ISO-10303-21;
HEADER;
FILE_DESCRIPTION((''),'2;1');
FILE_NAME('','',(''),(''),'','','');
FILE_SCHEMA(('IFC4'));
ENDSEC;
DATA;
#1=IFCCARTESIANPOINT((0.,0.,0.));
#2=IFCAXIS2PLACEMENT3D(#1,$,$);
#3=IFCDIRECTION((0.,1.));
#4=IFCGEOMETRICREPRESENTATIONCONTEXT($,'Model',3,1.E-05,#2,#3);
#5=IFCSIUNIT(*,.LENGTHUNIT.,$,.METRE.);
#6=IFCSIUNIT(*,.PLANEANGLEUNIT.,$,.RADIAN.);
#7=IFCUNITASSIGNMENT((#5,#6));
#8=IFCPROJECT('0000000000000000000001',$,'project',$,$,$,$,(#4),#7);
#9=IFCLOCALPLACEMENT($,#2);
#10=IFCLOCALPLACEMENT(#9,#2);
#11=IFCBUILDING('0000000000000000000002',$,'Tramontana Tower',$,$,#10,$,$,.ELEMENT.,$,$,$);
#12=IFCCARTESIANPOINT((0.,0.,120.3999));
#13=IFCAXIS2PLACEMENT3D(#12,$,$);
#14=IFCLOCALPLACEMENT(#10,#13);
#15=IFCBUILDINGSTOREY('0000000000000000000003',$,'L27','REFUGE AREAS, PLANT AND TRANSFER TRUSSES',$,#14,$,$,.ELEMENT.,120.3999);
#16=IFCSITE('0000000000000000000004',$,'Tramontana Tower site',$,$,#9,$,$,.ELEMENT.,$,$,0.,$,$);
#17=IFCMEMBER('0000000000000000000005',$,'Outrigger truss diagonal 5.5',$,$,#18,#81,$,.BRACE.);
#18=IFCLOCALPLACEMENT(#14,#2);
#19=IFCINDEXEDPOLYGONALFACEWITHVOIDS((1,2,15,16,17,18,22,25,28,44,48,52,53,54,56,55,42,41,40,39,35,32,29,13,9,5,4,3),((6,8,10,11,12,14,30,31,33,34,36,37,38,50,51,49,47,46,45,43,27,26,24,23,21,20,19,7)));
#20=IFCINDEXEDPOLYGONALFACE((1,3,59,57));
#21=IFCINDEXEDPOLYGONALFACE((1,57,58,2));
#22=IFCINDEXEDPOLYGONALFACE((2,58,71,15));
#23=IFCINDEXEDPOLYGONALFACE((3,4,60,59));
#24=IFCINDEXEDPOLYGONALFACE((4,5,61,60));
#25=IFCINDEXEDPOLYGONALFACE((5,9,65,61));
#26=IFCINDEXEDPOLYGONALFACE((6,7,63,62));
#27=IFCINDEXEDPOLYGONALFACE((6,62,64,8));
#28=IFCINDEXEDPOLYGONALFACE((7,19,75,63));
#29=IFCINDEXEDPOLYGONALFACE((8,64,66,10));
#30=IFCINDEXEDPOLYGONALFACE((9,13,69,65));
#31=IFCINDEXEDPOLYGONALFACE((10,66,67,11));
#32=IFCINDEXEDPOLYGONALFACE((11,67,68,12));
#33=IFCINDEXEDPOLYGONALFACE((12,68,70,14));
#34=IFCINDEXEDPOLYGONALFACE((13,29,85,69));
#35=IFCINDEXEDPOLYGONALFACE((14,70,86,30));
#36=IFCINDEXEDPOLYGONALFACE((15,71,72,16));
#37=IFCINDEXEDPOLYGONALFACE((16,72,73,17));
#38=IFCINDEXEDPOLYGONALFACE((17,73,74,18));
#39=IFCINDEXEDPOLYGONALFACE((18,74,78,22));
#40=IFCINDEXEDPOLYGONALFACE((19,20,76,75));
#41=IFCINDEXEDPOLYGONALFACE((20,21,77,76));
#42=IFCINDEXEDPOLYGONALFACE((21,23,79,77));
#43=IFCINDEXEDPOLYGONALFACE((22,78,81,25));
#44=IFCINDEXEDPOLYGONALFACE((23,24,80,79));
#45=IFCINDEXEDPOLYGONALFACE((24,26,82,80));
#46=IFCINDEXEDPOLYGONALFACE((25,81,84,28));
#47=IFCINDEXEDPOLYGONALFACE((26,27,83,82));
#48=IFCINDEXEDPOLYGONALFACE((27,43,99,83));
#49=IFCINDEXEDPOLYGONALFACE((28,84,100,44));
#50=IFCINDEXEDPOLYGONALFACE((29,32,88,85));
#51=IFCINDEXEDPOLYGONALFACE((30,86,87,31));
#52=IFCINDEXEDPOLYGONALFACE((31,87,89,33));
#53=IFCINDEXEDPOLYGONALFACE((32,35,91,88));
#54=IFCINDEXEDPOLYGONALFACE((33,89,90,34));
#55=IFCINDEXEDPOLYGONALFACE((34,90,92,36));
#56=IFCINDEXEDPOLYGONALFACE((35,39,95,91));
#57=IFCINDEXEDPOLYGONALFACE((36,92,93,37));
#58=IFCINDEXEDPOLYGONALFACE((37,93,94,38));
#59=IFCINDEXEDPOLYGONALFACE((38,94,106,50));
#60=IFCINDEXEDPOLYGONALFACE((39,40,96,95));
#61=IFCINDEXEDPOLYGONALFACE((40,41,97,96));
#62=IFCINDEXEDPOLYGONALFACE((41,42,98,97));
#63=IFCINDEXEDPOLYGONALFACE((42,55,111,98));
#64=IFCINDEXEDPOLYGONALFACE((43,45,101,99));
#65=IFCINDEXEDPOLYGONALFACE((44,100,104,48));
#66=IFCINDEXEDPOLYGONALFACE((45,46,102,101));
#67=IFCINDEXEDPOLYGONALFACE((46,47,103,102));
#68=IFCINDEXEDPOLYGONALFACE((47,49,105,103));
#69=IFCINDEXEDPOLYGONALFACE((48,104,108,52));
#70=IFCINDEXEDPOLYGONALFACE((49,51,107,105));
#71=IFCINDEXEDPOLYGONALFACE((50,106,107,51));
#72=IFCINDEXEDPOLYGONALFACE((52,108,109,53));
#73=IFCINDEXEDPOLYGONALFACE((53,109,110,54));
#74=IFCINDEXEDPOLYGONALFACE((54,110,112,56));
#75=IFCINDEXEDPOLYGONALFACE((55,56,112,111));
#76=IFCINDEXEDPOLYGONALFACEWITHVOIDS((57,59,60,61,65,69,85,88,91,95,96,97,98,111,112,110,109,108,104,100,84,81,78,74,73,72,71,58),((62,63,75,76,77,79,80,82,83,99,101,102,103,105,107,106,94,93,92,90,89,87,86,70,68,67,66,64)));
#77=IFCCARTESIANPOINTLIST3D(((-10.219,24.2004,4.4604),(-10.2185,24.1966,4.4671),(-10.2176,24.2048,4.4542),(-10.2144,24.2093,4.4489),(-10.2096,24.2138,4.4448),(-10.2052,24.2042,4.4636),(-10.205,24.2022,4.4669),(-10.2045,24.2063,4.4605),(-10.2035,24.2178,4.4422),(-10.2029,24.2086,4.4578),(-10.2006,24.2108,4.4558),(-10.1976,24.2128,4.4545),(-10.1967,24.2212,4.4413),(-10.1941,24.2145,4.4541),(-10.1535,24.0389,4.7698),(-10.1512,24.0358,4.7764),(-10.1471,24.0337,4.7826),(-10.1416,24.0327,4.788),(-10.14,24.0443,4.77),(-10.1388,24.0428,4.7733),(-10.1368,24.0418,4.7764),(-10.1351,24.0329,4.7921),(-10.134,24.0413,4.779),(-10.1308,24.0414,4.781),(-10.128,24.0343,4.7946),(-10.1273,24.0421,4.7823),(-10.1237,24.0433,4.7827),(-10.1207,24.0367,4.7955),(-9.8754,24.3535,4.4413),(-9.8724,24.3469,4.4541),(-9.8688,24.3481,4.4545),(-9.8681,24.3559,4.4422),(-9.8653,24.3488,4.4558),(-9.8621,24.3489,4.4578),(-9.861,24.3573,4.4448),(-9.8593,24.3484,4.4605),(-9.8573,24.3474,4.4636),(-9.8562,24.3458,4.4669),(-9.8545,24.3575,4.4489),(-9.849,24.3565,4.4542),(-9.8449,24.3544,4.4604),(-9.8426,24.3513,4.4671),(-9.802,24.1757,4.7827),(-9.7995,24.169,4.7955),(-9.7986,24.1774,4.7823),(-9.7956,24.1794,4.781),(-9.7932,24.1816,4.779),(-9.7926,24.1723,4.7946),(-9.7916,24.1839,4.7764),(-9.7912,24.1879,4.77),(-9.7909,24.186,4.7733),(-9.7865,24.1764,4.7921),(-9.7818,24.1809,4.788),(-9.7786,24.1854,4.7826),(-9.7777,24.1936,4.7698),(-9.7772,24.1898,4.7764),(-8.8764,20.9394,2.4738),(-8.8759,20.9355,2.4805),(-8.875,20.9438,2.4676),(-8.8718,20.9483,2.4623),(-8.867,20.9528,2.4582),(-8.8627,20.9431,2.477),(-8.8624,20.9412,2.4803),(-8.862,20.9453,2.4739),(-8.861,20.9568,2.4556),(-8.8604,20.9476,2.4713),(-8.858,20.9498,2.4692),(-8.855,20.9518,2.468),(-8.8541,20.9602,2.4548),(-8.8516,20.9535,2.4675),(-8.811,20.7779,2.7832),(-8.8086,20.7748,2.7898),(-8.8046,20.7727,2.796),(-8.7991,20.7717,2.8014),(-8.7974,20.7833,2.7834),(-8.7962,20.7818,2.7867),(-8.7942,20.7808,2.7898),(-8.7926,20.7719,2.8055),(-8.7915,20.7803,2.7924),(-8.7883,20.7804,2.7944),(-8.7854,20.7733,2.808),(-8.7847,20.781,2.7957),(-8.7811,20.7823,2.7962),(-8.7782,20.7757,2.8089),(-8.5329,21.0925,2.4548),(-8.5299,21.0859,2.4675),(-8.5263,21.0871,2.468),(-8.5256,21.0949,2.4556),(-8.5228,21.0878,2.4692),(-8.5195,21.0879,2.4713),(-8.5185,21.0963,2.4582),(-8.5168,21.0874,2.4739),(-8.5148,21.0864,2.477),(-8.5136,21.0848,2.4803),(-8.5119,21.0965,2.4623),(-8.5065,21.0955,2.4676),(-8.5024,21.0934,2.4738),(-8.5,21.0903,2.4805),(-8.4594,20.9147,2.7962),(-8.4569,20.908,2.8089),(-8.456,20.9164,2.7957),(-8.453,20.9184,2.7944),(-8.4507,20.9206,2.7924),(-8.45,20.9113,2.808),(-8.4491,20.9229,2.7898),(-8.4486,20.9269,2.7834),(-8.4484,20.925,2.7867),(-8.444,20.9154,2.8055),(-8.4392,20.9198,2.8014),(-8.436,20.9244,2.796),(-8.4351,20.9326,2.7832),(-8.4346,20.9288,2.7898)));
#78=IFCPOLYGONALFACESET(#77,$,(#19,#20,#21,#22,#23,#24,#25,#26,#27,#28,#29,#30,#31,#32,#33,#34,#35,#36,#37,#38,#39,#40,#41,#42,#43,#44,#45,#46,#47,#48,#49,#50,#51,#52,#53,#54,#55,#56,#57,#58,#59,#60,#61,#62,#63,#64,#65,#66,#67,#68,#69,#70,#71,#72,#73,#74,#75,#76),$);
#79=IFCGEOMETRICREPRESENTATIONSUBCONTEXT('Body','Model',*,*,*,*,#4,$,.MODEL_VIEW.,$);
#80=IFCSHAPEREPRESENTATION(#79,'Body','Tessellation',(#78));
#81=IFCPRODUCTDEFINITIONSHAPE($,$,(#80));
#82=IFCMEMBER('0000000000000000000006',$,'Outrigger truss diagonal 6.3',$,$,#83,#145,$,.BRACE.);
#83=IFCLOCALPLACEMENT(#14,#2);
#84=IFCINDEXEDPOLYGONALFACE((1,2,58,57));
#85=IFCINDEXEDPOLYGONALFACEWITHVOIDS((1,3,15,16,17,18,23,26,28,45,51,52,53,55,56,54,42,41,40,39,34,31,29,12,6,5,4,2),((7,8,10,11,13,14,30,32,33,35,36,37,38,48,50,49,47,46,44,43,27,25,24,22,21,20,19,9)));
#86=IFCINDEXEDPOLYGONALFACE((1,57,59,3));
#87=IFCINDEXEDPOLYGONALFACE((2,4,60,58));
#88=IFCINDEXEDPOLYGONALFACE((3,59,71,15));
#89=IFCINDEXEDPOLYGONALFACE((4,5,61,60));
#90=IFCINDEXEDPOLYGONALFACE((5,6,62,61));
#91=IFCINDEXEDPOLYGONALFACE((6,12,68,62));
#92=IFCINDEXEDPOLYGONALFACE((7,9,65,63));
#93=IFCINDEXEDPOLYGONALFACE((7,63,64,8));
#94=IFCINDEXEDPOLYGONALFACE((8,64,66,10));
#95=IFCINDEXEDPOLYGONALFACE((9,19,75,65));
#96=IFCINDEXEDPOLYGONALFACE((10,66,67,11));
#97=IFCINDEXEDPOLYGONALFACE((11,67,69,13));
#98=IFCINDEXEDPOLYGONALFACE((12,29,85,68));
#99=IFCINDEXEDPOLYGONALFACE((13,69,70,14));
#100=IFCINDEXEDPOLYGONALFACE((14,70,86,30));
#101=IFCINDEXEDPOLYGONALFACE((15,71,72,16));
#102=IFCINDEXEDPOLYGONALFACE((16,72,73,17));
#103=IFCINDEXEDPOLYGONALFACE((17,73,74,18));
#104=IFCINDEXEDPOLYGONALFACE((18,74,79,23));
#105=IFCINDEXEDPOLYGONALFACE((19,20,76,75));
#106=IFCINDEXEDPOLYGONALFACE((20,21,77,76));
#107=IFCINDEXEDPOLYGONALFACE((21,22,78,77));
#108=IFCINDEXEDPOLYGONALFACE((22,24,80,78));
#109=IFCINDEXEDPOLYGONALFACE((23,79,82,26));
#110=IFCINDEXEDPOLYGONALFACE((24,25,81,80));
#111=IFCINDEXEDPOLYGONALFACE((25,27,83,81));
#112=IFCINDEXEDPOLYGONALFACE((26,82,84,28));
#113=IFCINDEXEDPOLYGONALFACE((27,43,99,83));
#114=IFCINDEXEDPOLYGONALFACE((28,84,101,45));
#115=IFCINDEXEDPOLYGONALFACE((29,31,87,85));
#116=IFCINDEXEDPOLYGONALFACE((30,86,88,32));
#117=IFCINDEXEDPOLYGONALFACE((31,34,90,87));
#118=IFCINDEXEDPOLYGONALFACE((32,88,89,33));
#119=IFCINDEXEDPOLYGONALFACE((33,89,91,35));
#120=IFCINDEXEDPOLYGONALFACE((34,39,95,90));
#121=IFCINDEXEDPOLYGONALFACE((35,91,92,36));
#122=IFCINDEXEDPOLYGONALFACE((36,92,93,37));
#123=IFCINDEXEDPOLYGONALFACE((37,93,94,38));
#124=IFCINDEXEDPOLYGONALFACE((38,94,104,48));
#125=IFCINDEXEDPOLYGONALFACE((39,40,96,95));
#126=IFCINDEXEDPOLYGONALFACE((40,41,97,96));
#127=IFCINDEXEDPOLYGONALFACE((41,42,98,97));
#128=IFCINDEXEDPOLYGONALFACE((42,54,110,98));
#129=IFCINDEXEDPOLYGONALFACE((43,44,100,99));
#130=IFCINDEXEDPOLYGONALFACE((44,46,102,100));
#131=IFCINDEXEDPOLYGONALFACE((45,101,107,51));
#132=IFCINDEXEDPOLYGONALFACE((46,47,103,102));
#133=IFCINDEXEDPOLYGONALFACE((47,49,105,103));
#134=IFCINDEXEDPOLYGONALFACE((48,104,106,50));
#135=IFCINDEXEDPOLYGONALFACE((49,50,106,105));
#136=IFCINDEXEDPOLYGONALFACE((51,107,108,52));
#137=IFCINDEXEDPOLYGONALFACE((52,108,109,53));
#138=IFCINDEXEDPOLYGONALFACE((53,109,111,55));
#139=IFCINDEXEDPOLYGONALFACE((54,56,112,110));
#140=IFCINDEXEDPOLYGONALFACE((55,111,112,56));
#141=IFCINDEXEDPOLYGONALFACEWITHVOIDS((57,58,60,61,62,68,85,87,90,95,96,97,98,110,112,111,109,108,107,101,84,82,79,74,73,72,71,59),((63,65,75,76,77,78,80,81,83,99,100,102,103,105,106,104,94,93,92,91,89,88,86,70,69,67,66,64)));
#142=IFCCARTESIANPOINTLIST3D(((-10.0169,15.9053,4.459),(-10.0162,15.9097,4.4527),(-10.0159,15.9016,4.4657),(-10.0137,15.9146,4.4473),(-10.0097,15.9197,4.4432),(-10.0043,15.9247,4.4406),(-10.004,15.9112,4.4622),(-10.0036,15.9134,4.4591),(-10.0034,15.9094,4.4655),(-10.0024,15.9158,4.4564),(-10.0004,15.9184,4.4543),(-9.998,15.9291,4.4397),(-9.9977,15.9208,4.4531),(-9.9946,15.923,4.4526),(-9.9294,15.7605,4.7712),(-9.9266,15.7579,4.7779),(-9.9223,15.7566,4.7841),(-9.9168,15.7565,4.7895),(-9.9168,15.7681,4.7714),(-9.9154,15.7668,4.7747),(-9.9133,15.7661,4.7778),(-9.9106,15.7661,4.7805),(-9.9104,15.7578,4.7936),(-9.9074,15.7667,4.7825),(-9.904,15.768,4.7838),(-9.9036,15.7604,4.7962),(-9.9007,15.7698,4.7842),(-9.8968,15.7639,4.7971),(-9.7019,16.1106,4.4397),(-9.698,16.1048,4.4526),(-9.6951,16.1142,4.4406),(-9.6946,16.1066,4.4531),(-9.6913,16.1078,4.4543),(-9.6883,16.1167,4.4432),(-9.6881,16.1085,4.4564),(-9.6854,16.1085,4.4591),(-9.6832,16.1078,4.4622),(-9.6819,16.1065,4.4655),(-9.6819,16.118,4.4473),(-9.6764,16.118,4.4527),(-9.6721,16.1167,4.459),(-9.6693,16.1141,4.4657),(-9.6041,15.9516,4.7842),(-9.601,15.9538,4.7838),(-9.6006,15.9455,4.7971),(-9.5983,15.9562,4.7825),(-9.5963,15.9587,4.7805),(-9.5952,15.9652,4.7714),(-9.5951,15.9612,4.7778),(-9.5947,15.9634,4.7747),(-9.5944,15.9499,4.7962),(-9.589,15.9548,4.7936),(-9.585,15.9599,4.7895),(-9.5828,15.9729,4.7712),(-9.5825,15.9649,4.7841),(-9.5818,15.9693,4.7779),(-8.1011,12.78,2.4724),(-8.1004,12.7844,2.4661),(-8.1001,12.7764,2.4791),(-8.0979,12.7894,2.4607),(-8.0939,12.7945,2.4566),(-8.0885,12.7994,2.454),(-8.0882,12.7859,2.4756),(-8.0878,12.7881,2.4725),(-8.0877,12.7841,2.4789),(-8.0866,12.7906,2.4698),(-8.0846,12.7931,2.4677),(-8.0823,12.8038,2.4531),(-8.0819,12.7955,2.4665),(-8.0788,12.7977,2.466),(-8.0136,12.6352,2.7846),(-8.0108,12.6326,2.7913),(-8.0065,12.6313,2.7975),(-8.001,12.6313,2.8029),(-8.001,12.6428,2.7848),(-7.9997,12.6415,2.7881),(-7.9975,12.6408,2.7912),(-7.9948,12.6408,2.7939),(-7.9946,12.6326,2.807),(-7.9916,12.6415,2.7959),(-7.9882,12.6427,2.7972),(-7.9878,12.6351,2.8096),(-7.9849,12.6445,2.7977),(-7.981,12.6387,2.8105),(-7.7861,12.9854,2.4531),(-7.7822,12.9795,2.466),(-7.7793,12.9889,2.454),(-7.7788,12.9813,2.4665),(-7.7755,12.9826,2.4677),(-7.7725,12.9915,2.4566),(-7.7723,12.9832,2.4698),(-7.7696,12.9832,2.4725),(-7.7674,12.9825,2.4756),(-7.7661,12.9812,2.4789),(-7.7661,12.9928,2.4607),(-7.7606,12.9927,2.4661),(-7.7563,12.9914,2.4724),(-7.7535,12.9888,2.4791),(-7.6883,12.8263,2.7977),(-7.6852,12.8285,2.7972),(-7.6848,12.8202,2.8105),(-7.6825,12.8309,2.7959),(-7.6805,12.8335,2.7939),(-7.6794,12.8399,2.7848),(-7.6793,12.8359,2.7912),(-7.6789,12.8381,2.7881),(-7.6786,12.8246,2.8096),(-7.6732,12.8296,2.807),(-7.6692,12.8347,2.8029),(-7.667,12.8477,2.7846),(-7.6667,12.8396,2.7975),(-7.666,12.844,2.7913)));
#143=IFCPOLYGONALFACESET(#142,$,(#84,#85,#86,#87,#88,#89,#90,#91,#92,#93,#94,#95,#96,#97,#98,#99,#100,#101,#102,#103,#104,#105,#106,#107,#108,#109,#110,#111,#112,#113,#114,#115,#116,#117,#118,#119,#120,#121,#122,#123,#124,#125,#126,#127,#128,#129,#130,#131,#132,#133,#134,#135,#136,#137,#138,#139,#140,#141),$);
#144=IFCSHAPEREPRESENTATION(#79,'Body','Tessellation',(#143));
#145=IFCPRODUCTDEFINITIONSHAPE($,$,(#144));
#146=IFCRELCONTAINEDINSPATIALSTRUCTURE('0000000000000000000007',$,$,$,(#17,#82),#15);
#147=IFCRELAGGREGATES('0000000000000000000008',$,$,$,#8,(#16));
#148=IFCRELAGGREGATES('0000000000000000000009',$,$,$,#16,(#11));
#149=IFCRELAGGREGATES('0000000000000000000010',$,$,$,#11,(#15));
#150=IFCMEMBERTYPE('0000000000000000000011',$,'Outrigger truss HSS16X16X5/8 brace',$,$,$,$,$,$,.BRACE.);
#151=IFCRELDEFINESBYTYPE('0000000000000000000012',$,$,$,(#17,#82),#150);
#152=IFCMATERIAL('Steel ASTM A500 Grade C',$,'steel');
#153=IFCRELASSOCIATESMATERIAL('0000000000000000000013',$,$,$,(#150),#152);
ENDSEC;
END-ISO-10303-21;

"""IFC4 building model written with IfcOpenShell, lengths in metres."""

from ifc_helpers import new_model, si_unit, direction, frame, origin, origin_2d, place, context, subcontext, project, spatial, hollow_rectangle, extrude, material, material_profile, profile_set, type_object, element, save


model = new_model("IFC4")

# Units and contexts
model_context = context("Model", 3, precision=1e-05, world=origin(), true_north=direction((0.0, 1.0)))
body_context = subcontext(model_context, "Body", "Model", "MODEL_VIEW")
ifc_project = project(units=[si_unit("LENGTHUNIT", "METRE"), si_unit("PLANEANGLEUNIT", "RADIAN")], contexts=[model_context])

# Site, building, storey
site_placement = place(None, origin())
site = spatial("IfcSite", under=ifc_project, at=site_placement, Name="Tramontana Tower site", CompositionType="ELEMENT", RefElevation=0.0)
building_placement = place(site_placement, origin())
building = spatial("IfcBuilding", under=site, at=building_placement, Name="Tramontana Tower", CompositionType="ELEMENT")
storey_placement = place(building_placement, frame((0.0, 0.0, 120.3999)))
storey = spatial("IfcBuildingStorey", under=building, at=storey_placement, Name="L27", Description="REFUGE AREAS, PLANT AND TRANSFER TRUSSES", CompositionType="ELEMENT", Elevation=120.3999)

# Members
ifc_material_1 = material(Name="Steel ASTM A500 Grade C", Category="steel")
ifc_material_profile_1 = material_profile(ifc_material_1, hollow_rectangle(XDim=0.4065, YDim=0.4065, WallThickness=0.0146, InnerFilletRadius=0.0146, OuterFilletRadius=0.0295, at=origin_2d()), Name="HSS16X16X5/8")
ifc_profile_set_1 = profile_set([ifc_material_profile_1], Name="Steel ASTM A500 Grade C")
member_type_1 = type_object("IfcMemberType", Name="Outrigger truss HSS16X16X5/8 brace", PredefinedType="BRACE", material=ifc_profile_set_1)
member_1_placement = place(storey_placement, frame((-8.6555, 20.9341, 2.6318), z_axis=(-0.331687, 0.805664, 0.490805), x_axis=(-0.924701, -0.380694, 0.0)))
element("IfcMember", 1, at=member_1_placement, inside=storey, type_object=member_type_1, Name="Outrigger truss diagonal 5.5", PredefinedType="BRACE", context=body_context, shape_type="SweptSolid", body=[
    extrude(hollow_rectangle(XDim=0.4065, YDim=0.4065, WallThickness=0.0146, InnerFilletRadius=0.0146, OuterFilletRadius=0.0295, at=origin_2d()), origin(), (0.0, 0.0, 1.0), 4.0476),
])
for number, where, z_axis, x_axis, name in (
    (2, (-7.8835, 12.812, 2.6318), (-0.459485, 0.749569, 0.476466), (-0.852565, -0.522621, 0.0), "Outrigger truss diagonal 6.3"),
):
    element("IfcMember", number, at=place(storey_placement, frame(where, z_axis=z_axis, x_axis=x_axis)), inside=storey, type_object=member_type_1, Name=name, PredefinedType="BRACE", context=body_context, shape_type="SweptSolid", body=[
        extrude(hollow_rectangle(XDim=0.4065, YDim=0.4065, WallThickness=0.0146, InnerFilletRadius=0.0146, OuterFilletRadius=0.0295, at=origin_2d()), origin(), (0.0, 0.0, 1.0), 4.1694),
    ])

save(model, "model.ifc")
